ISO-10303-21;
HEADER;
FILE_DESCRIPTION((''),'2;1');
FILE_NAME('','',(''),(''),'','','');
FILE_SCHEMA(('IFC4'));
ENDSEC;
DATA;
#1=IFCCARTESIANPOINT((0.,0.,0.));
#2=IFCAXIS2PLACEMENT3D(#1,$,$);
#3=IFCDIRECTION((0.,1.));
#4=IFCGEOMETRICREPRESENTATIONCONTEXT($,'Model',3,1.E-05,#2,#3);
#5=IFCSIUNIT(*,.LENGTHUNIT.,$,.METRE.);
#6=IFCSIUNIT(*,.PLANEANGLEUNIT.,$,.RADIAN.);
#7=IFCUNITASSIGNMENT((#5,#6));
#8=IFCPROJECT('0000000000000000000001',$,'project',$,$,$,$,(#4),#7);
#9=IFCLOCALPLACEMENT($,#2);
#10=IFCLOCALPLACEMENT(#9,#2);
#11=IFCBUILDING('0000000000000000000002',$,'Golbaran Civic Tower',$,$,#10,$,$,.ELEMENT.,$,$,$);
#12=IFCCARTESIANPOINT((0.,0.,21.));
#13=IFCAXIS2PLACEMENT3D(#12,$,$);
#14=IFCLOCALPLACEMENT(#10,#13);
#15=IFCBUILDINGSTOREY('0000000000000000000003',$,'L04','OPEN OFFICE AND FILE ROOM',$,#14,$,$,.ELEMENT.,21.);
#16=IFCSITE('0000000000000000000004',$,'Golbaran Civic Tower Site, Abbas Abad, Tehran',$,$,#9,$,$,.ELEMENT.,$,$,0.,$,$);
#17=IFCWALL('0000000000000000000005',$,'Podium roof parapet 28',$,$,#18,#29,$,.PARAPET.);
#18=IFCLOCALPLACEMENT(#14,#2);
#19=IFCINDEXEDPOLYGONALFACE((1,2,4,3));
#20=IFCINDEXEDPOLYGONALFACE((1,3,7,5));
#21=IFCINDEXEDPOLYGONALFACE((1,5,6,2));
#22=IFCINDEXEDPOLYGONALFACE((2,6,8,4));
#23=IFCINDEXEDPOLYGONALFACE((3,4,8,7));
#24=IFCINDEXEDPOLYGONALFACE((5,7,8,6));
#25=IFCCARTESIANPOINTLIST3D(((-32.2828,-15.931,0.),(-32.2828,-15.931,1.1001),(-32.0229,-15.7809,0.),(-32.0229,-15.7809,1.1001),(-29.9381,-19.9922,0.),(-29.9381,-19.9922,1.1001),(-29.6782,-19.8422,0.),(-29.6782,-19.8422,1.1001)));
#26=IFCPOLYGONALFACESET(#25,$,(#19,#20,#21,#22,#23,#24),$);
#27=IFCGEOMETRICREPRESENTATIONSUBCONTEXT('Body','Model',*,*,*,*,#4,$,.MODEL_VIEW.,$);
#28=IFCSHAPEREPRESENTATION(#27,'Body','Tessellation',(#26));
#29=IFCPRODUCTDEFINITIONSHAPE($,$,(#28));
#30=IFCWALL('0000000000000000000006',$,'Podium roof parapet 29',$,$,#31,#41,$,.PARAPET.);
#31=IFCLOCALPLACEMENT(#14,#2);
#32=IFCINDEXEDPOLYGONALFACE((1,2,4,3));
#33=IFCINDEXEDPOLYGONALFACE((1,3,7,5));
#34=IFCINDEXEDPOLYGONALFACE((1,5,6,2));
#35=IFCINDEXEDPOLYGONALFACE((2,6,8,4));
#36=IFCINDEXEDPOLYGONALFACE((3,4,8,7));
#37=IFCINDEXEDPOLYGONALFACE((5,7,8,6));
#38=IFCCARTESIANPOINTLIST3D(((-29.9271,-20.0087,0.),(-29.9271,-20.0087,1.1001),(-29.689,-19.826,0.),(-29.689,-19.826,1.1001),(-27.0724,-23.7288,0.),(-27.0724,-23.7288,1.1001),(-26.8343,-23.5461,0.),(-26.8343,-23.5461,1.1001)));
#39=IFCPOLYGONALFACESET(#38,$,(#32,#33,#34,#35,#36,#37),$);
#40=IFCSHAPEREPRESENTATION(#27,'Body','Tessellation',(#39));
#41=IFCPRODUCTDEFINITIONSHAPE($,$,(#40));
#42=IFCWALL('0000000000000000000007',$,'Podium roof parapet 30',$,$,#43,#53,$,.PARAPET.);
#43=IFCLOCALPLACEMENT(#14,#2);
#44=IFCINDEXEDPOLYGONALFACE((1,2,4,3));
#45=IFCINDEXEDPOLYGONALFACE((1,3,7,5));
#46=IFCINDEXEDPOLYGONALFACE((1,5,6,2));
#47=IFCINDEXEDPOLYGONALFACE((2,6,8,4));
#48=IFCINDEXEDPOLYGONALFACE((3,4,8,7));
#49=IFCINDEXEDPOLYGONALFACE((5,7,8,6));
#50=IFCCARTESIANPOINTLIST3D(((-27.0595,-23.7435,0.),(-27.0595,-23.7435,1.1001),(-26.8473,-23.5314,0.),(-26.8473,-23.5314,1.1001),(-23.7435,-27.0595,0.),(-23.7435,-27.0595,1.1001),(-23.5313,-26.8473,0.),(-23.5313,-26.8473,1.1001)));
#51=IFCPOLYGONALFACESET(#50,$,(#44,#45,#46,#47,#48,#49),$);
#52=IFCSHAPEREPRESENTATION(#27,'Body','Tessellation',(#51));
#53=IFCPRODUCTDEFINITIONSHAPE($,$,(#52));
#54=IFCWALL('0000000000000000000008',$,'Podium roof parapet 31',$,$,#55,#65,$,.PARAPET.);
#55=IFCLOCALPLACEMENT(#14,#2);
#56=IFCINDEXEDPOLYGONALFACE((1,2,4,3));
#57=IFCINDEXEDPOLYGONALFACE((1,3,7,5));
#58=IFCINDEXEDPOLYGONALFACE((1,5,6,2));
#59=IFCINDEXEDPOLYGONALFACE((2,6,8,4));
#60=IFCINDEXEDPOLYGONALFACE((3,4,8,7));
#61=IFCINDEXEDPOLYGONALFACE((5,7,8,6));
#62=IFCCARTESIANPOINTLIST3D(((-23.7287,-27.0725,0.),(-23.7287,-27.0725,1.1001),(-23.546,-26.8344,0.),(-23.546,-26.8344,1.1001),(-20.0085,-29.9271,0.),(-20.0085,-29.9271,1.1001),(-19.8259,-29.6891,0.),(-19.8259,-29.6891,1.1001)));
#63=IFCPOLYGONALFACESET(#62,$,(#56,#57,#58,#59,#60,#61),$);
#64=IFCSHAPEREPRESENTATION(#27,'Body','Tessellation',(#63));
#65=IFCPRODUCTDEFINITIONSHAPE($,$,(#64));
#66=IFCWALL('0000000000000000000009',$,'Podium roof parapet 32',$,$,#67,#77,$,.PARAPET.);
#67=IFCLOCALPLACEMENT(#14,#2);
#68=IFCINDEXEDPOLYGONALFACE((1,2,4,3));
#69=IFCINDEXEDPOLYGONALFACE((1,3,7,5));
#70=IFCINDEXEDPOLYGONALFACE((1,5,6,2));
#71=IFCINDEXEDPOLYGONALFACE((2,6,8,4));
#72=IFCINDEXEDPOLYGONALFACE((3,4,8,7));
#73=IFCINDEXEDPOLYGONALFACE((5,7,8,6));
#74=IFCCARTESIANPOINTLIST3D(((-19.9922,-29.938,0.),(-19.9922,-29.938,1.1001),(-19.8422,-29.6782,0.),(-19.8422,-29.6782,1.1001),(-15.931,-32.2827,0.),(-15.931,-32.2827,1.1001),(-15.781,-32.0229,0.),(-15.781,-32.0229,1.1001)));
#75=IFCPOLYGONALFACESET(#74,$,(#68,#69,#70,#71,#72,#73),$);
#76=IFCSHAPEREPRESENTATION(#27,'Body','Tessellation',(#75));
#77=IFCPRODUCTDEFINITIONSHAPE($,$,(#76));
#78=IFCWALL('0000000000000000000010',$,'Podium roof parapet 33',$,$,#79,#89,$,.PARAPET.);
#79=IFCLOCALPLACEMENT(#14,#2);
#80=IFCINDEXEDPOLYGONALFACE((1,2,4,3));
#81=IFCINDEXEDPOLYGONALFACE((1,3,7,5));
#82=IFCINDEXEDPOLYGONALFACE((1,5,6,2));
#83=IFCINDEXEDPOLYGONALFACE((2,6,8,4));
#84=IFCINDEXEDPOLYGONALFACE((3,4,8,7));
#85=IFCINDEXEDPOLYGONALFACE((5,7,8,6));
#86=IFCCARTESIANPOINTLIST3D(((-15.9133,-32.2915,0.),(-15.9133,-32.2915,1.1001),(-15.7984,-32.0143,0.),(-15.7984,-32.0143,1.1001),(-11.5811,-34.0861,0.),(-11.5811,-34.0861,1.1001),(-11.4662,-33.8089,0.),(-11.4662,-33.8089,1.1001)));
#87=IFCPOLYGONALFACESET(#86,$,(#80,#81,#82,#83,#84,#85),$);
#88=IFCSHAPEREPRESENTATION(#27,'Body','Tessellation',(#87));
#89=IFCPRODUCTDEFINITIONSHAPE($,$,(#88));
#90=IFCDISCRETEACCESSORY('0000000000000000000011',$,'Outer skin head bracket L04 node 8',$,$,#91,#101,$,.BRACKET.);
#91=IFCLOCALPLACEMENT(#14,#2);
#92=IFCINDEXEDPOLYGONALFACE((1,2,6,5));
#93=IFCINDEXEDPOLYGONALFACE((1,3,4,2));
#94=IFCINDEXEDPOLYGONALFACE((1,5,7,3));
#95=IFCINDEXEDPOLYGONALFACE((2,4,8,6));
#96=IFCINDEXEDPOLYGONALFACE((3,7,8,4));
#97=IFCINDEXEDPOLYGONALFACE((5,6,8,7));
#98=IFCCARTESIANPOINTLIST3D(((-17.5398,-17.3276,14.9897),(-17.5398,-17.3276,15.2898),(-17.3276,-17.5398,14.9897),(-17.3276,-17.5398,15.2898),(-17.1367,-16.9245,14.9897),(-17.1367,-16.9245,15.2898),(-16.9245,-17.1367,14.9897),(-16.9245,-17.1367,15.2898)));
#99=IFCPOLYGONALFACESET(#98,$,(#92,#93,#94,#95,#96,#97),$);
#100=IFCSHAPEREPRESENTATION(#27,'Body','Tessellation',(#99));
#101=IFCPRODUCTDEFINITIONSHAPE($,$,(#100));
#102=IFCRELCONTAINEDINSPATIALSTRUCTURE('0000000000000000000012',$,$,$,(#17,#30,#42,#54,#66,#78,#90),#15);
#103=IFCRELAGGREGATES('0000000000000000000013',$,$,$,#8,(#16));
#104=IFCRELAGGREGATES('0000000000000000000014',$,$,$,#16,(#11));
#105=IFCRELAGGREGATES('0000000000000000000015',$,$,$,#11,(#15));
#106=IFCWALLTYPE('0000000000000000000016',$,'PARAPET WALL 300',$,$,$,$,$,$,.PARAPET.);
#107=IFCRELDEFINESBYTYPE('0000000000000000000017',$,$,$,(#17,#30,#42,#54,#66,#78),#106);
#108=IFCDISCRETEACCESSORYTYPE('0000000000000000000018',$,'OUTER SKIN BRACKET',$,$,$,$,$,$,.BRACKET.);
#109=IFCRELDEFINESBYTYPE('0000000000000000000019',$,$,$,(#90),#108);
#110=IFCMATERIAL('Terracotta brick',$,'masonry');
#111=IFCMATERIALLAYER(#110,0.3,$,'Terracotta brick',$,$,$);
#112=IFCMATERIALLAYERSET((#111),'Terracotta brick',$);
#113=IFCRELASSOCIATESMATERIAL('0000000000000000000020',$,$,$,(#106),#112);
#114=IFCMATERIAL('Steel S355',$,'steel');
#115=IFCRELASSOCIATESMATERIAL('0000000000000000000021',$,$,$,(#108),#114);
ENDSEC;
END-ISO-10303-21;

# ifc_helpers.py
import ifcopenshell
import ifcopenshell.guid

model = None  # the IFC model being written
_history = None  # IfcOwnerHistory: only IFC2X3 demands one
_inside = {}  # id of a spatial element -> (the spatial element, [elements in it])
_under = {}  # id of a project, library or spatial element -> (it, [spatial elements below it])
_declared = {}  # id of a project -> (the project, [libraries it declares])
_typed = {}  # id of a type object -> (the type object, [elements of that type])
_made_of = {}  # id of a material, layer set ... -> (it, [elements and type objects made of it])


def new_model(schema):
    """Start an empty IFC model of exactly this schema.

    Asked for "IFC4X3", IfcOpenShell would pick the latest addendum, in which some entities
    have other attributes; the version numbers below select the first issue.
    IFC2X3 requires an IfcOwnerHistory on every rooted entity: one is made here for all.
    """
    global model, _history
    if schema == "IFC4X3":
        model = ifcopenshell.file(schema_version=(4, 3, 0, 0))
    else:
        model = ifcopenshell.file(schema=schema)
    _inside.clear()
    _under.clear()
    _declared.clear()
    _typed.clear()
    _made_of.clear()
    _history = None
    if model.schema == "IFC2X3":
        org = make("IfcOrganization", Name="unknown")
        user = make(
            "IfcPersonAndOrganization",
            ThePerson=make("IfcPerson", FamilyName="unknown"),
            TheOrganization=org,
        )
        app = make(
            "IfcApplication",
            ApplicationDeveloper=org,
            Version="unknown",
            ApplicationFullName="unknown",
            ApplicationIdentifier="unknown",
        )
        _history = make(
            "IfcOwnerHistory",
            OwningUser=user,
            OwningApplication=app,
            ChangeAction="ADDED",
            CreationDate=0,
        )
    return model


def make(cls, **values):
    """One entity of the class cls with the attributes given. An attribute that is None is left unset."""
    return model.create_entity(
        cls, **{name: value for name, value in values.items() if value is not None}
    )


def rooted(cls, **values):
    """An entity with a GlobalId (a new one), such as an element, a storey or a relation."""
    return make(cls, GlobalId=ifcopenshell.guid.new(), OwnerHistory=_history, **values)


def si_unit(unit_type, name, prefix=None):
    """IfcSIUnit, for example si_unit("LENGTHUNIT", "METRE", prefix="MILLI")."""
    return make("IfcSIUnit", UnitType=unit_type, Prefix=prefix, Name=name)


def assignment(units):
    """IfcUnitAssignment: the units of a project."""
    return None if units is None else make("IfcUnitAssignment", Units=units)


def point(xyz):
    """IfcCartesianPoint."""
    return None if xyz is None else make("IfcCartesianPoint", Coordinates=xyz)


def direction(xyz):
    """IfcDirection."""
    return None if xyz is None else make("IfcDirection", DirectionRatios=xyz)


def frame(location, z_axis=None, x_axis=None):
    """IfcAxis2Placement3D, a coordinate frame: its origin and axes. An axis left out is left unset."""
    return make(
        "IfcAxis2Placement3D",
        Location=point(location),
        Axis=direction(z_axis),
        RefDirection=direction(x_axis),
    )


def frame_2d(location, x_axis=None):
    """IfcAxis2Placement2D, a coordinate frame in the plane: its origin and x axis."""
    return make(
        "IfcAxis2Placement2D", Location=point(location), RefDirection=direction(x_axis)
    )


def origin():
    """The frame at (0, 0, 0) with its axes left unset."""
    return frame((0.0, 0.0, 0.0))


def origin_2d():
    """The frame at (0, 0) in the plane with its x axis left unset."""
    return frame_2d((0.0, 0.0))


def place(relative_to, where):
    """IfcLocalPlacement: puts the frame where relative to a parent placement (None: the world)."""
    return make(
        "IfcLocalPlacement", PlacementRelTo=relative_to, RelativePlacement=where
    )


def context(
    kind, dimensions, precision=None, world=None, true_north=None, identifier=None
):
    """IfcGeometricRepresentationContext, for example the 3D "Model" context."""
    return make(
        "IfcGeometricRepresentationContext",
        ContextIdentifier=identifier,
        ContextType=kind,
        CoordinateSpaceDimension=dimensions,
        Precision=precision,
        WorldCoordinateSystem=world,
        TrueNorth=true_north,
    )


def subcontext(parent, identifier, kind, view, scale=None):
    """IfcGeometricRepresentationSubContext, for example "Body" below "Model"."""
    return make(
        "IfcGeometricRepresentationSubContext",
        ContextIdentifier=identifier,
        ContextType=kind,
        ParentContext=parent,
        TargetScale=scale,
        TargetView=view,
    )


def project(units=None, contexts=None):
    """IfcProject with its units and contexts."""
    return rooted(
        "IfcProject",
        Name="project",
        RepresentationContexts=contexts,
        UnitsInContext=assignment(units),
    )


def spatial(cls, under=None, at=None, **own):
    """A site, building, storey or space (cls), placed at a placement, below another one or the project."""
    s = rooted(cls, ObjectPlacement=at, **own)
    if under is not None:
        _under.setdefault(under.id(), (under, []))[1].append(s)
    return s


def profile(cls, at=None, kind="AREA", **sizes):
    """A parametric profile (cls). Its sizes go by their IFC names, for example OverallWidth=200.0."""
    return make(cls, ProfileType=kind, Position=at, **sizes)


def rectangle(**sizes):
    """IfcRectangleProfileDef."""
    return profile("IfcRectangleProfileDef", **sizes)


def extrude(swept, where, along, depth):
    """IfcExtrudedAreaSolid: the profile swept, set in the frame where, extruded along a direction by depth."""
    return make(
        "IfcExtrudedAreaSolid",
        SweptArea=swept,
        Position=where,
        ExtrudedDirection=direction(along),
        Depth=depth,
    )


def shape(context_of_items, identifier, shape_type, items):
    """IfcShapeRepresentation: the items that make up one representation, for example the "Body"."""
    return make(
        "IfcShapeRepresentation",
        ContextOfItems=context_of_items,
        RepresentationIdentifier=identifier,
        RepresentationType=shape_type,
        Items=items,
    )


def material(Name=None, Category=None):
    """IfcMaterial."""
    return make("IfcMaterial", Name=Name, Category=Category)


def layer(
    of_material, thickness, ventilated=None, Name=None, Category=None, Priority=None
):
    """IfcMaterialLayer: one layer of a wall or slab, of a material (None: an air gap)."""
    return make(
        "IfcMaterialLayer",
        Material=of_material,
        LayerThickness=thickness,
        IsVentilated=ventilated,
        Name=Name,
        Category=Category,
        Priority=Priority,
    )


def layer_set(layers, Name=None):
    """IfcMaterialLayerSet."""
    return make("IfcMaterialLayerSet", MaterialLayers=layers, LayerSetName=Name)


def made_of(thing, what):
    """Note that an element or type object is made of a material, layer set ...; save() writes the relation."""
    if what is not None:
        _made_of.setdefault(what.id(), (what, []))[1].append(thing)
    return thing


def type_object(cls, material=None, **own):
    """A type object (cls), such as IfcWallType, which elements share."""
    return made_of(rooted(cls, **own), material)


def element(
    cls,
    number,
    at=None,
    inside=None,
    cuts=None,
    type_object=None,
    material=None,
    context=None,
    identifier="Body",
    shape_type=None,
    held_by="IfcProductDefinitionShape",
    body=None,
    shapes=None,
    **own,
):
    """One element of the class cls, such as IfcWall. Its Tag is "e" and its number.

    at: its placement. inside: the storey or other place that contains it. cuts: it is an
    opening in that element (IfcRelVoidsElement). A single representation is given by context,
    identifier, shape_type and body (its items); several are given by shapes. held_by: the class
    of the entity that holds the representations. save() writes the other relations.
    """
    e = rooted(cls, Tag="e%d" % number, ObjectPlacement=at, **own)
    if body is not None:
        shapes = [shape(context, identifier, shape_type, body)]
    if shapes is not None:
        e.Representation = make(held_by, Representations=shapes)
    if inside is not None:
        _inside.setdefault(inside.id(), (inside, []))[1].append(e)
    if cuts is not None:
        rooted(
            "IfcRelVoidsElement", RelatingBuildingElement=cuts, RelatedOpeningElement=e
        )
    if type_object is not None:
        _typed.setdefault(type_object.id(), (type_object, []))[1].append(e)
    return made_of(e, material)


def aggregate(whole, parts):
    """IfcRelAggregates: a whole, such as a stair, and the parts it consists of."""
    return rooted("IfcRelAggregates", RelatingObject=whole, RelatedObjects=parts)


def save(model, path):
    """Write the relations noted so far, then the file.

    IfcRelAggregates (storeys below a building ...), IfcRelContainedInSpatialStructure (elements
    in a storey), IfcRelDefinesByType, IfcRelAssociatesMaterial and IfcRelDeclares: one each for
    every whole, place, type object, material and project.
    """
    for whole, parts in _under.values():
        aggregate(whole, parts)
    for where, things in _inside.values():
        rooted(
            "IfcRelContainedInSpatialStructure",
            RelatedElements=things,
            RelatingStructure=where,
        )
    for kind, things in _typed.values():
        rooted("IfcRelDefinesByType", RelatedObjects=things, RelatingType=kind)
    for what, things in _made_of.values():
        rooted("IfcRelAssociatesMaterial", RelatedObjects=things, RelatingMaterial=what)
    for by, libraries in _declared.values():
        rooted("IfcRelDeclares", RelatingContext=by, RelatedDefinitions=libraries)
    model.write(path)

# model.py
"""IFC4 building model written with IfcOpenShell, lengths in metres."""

from ifc_helpers import new_model, si_unit, direction, frame, frame_2d, origin, origin_2d, place, context, subcontext, project, spatial, rectangle, extrude, material, layer, layer_set, type_object, element, save


model = new_model("IFC4")

# Units and contexts
model_context = context("Model", 3, precision=1e-05, world=origin(), true_north=direction((0.0, 1.0)))
body_context = subcontext(model_context, "Body", "Model", "MODEL_VIEW")
ifc_project = project(units=[si_unit("LENGTHUNIT", "METRE"), si_unit("PLANEANGLEUNIT", "RADIAN")], contexts=[model_context])

# Site, building, storey
site_placement = place(None, origin())
site = spatial("IfcSite", under=ifc_project, at=site_placement, Name="Golbaran Civic Tower Site, Abbas Abad, Tehran", CompositionType="ELEMENT", RefElevation=0.0)
building_placement = place(site_placement, origin())
building = spatial("IfcBuilding", under=site, at=building_placement, Name="Golbaran Civic Tower", CompositionType="ELEMENT")
storey_placement = place(building_placement, frame((0.0, 0.0, 21.0)))
storey = spatial("IfcBuildingStorey", under=building, at=storey_placement, Name="L04", Description="OPEN OFFICE AND FILE ROOM", CompositionType="ELEMENT", Elevation=21.0)

# Walls
ifc_material_1 = material(Name="Terracotta brick", Category="masonry")
ifc_layer_1 = layer(ifc_material_1, 0.3, Name="Terracotta brick")
ifc_layer_set_1 = layer_set([ifc_layer_1], Name="Terracotta brick")
wall_type = type_object("IfcWallType", Name="PARAPET WALL 300", PredefinedType="PARAPET", material=ifc_layer_set_1)
wall_1_placement = place(storey_placement, frame((-32.1528, -15.856, 0.0), z_axis=(0.0, 0.0, 1.0), x_axis=(0.499991, -0.86603, 0.0)))
element("IfcWall", 1, at=wall_1_placement, inside=storey, type_object=wall_type, Name="Podium roof parapet 28", PredefinedType="PARAPET", context=body_context, shape_type="SweptSolid", body=[
    extrude(rectangle(XDim=4.6895, YDim=0.3, at=frame_2d((2.3447, 0.0))), origin(), (0.0, 0.0, 1.0), 1.1001),
])
wall_2_placement = place(storey_placement, frame((-29.8081, -19.9172, 0.0), z_axis=(0.0, 0.0, 1.0), x_axis=(0.608777, -0.793341, 0.0)))
element("IfcWall", 2, at=wall_2_placement, inside=storey, type_object=wall_type, Name="Podium roof parapet 29", PredefinedType="PARAPET", context=body_context, shape_type="SweptSolid", body=[
    extrude(rectangle(XDim=4.6892, YDim=0.3, at=frame_2d((2.3447, 0.0))), origin(), (0.0, 0.0, 1.0), 1.1001),
])
wall_3_placement = place(storey_placement, frame((-26.9534, -23.6375, 0.0), z_axis=(0.0, 0.0, 1.0), x_axis=(0.707107, -0.707107, 0.0)))
element("IfcWall", 3, at=wall_3_placement, inside=storey, type_object=wall_type, Name="Podium roof parapet 30", PredefinedType="PARAPET", context=body_context, shape_type="SweptSolid", body=[
    extrude(rectangle(XDim=4.6895, YDim=0.3, at=frame_2d((2.3447, 0.0))), origin(), (0.0, 0.0, 1.0), 1.1001),
])
wall_4_placement = place(storey_placement, frame((-23.6375, -26.9534, 0.0), z_axis=(0.0, 0.0, 1.0), x_axis=(0.793341, -0.608777, 0.0)))
element("IfcWall", 4, at=wall_4_placement, inside=storey, type_object=wall_type, Name="Podium roof parapet 31", PredefinedType="PARAPET", context=body_context, shape_type="SweptSolid", body=[
    extrude(rectangle(XDim=4.6892, YDim=0.3, at=frame_2d((2.3447, 0.0))), origin(), (0.0, 0.0, 1.0), 1.1001),
])
wall_5_placement = place(storey_placement, frame((-19.9172, -29.8081, 0.0), z_axis=(0.0, 0.0, 1.0), x_axis=(0.86603, -0.499991, 0.0)))
element("IfcWall", 5, at=wall_5_placement, inside=storey, type_object=wall_type, Name="Podium roof parapet 32", PredefinedType="PARAPET", context=body_context, shape_type="SweptSolid", body=[
    extrude(rectangle(XDim=4.6895, YDim=0.3, at=frame_2d((2.3447, 0.0))), origin(), (0.0, 0.0, 1.0), 1.1001),
])
wall_6_placement = place(storey_placement, frame((-15.856, -32.1528, 0.0), z_axis=(0.0, 0.0, 1.0), x_axis=(0.923865, -0.382718, 0.0)))
element("IfcWall", 6, at=wall_6_placement, inside=storey, type_object=wall_type, Name="Podium roof parapet 33", PredefinedType="PARAPET", context=body_context, shape_type="SweptSolid", body=[
    extrude(rectangle(XDim=4.6892, YDim=0.3, at=frame_2d((2.3447, 0.0))), origin(), (0.0, 0.0, 1.0), 1.1001),
])

# Discrete accessory
ifc_material_2 = material(Name="Steel S355", Category="steel")
discrete_accessory_type = type_object("IfcDiscreteAccessoryType", Name="OUTER SKIN BRACKET", PredefinedType="BRACKET", material=ifc_material_2)
discrete_accessory_placement = place(storey_placement, frame((-17.2322, -17.2322, 14.9897), z_axis=(0.0, 0.0, 1.0), x_axis=(-0.707107, -0.707107, 0.0)))
element("IfcDiscreteAccessory", 7, at=discrete_accessory_placement, inside=storey, type_object=discrete_accessory_type, Name="Outer skin head bracket L04 node 8", PredefinedType="BRACKET", context=body_context, shape_type="SweptSolid", body=[
    extrude(rectangle(XDim=0.5701, YDim=0.3, at=origin_2d()), origin(), (0.0, 0.0, 1.0), 0.3),
])

save(model, "model.ifc")
